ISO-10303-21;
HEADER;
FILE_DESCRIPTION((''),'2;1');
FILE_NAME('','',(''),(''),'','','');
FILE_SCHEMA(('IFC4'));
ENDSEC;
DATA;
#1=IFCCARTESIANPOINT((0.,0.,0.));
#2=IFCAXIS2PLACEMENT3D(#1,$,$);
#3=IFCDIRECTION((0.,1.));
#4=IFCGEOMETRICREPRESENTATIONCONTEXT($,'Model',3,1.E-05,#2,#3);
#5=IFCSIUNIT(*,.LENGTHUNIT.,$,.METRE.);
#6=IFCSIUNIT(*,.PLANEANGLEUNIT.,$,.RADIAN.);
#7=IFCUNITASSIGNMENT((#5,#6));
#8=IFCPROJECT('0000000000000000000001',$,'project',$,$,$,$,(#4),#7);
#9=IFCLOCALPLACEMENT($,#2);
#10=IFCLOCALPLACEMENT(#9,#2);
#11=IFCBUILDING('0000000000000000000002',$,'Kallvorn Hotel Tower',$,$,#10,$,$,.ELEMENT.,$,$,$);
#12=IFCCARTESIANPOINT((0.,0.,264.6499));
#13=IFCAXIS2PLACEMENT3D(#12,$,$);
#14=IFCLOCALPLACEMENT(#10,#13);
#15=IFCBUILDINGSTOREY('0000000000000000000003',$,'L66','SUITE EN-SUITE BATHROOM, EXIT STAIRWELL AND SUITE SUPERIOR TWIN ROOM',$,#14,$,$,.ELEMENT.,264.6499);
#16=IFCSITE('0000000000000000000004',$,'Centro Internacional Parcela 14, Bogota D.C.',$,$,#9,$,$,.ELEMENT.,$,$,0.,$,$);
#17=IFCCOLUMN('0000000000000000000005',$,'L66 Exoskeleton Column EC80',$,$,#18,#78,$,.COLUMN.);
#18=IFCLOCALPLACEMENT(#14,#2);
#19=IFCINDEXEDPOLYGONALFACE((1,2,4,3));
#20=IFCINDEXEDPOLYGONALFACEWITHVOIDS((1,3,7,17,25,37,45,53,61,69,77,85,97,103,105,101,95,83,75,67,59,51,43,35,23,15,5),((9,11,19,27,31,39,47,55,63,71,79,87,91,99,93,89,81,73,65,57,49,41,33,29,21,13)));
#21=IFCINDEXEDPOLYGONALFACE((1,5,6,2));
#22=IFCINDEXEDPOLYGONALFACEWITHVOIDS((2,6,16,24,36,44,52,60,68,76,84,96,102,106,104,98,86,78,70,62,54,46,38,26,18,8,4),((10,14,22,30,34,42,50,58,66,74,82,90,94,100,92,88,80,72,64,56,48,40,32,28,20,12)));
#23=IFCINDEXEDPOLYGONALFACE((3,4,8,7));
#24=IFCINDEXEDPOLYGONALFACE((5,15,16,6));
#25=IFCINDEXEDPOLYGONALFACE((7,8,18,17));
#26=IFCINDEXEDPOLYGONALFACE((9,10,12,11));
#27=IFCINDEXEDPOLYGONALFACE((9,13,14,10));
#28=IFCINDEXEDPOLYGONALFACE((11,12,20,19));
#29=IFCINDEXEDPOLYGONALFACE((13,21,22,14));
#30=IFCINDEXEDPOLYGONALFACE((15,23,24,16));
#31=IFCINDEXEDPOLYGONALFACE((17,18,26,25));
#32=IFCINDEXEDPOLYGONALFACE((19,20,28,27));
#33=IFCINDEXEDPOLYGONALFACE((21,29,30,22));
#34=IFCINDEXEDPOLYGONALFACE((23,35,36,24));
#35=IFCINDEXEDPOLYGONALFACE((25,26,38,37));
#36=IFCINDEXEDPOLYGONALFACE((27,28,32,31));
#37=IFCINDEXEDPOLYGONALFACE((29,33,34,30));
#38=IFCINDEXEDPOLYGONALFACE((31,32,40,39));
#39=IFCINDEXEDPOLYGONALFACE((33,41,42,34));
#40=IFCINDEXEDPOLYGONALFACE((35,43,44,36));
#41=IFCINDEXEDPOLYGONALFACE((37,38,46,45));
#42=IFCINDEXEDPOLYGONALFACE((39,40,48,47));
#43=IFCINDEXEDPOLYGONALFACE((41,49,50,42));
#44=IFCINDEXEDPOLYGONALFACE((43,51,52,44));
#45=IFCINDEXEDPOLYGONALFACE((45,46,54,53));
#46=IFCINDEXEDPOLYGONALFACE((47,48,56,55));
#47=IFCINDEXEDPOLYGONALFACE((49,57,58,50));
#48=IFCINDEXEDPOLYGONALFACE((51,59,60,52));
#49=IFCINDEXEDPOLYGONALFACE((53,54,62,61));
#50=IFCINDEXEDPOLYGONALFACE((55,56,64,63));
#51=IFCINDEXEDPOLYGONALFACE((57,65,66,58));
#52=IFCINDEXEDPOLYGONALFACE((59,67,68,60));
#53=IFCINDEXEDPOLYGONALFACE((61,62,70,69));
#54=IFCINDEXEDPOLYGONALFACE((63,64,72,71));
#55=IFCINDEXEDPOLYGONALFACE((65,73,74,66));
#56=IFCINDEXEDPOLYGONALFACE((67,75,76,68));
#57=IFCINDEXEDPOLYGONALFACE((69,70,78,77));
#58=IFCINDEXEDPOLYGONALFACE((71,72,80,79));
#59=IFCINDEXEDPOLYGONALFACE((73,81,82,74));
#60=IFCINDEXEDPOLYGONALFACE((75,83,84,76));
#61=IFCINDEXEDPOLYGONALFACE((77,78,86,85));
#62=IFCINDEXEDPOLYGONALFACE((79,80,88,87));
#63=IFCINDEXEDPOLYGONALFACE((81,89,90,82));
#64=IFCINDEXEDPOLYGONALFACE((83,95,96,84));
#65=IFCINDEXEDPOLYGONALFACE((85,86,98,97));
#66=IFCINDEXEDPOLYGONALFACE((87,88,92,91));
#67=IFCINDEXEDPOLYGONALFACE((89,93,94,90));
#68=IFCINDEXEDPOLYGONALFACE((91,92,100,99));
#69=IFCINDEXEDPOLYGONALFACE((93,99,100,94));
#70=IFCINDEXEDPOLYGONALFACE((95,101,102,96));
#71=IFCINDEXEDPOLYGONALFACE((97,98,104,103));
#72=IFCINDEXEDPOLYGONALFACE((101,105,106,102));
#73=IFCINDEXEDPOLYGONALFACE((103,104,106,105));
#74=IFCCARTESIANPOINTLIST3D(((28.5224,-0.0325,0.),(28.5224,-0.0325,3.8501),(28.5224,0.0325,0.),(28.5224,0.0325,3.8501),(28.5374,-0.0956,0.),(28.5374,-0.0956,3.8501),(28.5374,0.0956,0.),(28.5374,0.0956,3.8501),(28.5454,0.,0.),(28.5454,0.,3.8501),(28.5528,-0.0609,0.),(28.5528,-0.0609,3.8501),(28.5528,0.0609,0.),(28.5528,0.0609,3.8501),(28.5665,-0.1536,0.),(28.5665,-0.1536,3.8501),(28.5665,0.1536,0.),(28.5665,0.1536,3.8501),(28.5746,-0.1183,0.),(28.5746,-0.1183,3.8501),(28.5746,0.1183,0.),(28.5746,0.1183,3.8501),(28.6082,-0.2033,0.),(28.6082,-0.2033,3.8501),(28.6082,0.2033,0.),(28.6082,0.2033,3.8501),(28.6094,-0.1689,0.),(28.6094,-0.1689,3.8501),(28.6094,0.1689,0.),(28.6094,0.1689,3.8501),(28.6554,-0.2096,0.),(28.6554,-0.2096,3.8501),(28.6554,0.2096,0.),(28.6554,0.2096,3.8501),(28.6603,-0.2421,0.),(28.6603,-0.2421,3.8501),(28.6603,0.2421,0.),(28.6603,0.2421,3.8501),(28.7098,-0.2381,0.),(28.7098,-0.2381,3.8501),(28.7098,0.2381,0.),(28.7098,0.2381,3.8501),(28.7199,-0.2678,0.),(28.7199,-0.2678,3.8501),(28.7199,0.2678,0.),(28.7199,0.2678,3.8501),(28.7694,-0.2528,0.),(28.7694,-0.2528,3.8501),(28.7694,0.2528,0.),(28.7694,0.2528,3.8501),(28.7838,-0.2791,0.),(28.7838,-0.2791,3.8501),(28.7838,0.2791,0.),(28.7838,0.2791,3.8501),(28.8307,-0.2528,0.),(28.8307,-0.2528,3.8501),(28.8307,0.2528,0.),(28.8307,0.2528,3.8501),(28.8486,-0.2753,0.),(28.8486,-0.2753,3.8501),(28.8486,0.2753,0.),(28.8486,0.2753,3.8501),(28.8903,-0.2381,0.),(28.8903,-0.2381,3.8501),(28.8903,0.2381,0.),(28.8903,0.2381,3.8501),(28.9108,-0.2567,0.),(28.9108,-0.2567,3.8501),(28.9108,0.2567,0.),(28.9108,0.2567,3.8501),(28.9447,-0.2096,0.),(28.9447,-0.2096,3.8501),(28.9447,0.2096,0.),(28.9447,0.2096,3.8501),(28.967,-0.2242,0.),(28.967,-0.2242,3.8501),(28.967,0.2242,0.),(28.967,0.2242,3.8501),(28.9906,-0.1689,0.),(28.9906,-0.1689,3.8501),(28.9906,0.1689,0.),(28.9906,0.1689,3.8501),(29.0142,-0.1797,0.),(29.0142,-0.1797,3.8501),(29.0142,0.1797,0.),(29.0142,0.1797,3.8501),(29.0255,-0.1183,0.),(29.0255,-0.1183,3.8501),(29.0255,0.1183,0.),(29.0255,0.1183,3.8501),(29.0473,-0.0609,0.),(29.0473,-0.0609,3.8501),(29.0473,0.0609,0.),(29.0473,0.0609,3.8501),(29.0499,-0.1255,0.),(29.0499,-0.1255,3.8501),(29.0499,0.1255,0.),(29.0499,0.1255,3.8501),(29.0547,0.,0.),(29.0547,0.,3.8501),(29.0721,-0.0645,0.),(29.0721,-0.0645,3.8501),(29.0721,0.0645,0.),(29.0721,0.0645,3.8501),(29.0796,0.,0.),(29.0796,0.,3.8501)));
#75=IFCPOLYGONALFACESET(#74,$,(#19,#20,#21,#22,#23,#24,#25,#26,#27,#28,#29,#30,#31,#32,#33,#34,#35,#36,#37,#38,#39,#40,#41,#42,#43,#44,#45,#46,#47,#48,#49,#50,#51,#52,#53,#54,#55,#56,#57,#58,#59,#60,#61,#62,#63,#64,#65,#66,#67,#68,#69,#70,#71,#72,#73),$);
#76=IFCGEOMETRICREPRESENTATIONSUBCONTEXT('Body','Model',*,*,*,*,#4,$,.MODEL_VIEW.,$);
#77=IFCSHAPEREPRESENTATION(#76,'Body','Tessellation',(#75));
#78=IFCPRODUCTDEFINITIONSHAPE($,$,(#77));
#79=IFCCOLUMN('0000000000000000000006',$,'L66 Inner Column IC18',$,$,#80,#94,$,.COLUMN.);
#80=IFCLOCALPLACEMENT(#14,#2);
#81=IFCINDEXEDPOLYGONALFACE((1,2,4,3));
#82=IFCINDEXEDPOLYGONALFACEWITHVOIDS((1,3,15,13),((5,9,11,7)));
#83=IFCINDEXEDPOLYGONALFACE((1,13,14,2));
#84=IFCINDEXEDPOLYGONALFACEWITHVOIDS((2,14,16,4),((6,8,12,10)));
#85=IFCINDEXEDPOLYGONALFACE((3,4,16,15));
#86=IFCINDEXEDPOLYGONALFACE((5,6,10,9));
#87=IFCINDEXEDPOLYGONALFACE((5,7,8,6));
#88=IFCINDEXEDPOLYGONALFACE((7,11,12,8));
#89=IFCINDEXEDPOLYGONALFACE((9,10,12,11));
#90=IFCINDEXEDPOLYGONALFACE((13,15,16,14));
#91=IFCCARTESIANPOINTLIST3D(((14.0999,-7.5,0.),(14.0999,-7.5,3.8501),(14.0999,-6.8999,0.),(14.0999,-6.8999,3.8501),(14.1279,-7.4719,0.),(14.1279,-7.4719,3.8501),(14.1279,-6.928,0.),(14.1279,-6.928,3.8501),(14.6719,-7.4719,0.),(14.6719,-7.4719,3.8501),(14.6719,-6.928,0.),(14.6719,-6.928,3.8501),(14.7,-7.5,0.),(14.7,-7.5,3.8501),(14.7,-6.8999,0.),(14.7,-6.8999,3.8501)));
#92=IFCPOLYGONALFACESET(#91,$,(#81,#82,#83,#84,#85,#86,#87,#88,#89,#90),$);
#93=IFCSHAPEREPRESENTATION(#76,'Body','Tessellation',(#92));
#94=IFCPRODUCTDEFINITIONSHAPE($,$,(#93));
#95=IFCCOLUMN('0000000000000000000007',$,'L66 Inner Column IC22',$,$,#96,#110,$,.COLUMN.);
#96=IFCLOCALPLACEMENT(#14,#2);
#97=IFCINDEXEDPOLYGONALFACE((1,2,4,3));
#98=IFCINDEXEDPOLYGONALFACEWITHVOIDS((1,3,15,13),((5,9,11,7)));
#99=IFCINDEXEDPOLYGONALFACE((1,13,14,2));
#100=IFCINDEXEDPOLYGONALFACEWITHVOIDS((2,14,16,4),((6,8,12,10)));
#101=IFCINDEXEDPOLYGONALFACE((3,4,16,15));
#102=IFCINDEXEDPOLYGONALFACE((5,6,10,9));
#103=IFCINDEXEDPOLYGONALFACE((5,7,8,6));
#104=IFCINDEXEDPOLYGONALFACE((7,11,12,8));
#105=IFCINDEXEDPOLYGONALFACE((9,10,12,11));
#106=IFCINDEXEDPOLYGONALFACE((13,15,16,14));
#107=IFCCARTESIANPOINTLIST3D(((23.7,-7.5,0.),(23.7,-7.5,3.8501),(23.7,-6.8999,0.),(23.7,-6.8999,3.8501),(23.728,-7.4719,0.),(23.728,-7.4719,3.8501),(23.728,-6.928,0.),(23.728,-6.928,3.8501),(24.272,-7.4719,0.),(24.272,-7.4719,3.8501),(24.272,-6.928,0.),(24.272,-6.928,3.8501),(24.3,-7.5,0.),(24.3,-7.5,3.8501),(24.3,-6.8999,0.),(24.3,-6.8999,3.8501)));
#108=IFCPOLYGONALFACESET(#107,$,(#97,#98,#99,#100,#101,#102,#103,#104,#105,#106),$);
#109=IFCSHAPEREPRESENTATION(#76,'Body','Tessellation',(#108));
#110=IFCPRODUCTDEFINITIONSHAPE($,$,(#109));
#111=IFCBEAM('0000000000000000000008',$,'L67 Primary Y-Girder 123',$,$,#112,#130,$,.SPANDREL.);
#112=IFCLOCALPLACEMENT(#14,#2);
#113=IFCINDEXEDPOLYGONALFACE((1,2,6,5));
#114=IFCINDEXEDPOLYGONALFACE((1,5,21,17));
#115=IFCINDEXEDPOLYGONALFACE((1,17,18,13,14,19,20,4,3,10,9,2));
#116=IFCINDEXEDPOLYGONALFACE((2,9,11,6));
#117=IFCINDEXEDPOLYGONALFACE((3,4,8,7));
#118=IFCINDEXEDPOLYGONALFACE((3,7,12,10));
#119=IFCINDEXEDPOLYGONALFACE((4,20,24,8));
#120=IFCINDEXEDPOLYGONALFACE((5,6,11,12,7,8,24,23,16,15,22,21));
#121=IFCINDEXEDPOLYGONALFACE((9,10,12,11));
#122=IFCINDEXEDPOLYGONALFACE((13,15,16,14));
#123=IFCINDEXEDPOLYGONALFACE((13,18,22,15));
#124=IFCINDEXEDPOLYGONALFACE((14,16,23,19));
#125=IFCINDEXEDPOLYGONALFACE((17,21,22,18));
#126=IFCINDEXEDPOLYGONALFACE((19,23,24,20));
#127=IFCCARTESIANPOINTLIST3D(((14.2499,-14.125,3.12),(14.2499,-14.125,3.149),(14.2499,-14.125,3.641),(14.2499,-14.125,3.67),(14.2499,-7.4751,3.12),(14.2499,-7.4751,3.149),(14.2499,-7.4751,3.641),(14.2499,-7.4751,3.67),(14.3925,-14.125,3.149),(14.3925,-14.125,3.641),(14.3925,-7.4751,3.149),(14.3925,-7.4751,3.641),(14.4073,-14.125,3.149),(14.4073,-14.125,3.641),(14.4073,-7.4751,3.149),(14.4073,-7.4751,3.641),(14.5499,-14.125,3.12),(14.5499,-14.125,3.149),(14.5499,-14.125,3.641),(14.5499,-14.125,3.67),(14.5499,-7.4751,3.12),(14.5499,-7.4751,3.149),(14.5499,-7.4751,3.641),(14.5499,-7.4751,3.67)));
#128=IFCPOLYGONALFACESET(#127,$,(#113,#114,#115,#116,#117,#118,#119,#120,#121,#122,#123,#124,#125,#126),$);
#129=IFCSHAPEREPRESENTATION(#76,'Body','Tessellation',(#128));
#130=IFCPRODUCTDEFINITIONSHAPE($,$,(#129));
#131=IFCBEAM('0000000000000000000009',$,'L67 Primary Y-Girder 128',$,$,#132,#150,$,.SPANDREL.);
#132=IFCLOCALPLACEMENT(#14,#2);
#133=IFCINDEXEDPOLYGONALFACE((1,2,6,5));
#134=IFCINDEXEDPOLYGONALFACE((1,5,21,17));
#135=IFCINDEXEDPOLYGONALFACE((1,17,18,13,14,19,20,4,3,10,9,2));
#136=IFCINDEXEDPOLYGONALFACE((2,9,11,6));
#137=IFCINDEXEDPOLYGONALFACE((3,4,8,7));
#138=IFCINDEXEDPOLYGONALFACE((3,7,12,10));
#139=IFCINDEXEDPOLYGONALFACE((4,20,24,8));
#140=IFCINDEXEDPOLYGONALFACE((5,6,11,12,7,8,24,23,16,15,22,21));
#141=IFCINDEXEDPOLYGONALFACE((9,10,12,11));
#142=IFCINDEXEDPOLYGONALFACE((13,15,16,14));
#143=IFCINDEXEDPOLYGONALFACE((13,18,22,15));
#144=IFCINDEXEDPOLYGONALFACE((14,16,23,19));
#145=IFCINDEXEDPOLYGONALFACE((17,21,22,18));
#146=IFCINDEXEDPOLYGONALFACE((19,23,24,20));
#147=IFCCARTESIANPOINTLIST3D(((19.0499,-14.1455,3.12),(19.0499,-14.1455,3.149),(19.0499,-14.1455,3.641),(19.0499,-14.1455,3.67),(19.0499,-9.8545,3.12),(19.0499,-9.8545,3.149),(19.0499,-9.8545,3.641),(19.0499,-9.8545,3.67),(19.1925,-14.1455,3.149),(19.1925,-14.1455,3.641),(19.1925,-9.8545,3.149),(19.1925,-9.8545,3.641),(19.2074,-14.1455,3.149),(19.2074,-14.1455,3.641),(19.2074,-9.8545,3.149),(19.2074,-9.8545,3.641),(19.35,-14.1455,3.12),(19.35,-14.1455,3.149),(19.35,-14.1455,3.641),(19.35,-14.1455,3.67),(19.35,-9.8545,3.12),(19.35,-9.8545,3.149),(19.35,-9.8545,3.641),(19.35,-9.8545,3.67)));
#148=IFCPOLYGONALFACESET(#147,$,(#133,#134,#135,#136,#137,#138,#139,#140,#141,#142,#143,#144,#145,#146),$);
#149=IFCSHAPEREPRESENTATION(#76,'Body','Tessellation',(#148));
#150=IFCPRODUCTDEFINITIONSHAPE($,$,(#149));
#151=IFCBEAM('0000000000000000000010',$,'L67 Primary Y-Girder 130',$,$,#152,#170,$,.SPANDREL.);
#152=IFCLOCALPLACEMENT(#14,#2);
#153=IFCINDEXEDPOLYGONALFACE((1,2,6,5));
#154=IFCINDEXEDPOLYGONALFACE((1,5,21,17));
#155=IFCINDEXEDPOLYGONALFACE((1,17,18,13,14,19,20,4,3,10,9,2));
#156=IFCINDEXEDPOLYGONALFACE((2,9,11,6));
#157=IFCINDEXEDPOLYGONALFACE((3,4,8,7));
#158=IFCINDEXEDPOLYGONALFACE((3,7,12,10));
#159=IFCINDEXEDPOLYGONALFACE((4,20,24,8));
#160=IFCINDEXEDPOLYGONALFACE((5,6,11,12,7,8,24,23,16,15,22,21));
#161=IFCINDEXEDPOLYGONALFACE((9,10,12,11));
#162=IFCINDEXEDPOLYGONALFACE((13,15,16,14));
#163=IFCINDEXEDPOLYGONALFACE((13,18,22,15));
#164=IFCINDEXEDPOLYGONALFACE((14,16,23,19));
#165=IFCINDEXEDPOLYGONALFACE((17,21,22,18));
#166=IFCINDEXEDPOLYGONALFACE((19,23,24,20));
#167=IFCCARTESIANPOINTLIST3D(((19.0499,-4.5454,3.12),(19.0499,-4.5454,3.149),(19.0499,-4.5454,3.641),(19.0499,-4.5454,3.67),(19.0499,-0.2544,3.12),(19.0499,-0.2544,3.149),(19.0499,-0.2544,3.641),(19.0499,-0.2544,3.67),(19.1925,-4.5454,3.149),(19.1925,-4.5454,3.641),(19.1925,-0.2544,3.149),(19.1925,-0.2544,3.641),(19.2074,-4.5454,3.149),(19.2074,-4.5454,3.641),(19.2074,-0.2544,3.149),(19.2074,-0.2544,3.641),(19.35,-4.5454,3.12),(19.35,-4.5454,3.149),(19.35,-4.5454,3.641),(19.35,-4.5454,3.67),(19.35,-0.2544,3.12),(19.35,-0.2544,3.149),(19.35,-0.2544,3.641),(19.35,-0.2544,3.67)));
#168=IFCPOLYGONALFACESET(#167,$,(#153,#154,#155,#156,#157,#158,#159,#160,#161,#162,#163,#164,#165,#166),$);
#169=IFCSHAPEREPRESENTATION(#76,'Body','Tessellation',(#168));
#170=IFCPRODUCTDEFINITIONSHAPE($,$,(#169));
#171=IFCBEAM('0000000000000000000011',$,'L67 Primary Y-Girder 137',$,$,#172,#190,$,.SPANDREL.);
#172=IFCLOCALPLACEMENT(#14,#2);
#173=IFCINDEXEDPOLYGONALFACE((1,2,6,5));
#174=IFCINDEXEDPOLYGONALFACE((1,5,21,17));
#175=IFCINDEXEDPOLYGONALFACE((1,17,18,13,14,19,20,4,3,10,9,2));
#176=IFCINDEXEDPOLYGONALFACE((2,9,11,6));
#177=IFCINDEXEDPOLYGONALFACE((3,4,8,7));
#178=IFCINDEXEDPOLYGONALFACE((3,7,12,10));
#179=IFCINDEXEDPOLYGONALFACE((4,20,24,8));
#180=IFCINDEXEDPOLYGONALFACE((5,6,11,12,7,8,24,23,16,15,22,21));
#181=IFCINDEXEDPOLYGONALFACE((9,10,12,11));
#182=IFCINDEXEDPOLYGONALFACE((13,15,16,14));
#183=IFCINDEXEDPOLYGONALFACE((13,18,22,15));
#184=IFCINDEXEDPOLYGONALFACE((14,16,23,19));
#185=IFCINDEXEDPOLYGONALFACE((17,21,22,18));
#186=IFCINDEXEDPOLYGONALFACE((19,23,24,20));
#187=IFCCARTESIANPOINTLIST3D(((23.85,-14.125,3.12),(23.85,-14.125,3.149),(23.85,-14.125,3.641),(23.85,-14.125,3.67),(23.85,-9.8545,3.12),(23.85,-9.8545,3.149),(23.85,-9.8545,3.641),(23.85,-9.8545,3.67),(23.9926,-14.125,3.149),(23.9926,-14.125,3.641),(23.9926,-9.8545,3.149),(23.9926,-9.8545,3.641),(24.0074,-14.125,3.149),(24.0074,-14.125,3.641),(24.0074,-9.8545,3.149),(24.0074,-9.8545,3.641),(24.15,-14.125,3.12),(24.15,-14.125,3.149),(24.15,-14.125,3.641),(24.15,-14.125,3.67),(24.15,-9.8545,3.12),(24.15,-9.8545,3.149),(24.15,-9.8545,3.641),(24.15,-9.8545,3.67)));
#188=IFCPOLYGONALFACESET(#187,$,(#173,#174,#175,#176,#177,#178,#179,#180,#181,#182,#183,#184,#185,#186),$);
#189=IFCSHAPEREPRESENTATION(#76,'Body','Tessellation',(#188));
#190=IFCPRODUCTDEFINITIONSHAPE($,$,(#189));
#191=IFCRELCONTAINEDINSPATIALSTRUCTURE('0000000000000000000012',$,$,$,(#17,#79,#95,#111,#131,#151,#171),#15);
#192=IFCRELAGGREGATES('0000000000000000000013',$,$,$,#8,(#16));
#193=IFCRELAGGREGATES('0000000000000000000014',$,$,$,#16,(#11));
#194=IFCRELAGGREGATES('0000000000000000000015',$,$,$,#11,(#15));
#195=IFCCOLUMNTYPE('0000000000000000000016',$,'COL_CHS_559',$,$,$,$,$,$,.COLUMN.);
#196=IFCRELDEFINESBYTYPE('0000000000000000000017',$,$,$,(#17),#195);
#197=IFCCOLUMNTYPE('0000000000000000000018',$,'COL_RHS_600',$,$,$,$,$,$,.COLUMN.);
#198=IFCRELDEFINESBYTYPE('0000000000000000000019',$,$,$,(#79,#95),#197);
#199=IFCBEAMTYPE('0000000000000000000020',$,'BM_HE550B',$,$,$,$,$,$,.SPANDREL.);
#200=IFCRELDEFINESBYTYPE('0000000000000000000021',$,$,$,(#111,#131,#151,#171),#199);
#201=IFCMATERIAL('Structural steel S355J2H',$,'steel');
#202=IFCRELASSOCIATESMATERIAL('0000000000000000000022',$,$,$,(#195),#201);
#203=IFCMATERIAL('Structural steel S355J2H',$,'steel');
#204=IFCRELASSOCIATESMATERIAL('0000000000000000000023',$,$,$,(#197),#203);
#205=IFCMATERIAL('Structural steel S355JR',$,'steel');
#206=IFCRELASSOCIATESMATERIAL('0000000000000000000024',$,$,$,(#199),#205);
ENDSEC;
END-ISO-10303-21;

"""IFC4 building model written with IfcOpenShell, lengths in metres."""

from ifc_helpers import new_model, si_unit, direction, frame, origin, origin_2d, place, context, subcontext, project, spatial, hollow_rectangle, hollow_circle, i_section, extrude, material, material_profile, profile_set, type_object, element, save


model = new_model("IFC4")

# Units and contexts
model_context = context("Model", 3, precision=1e-05, world=origin(), true_north=direction((0.0, 1.0)))
body_context = subcontext(model_context, "Body", "Model", "MODEL_VIEW")
ifc_project = project(units=[si_unit("LENGTHUNIT", "METRE"), si_unit("PLANEANGLEUNIT", "RADIAN")], contexts=[model_context])

# Site, building, storey
site_placement = place(None, origin())
site = spatial("IfcSite", under=ifc_project, at=site_placement, Name="Centro Internacional Parcela 14, Bogota D.C.", CompositionType="ELEMENT", RefElevation=0.0)
building_placement = place(site_placement, origin())
building = spatial("IfcBuilding", under=site, at=building_placement, Name="Kallvorn Hotel Tower", CompositionType="ELEMENT")
storey_placement = place(building_placement, frame((0.0, 0.0, 264.6499)))
storey = spatial("IfcBuildingStorey", under=building, at=storey_placement, Name="L66", Description="SUITE EN-SUITE BATHROOM, EXIT STAIRWELL AND SUITE SUPERIOR TWIN ROOM", CompositionType="ELEMENT", Elevation=264.6499)

# Columns
ifc_material_1 = material(Name="Structural steel S355J2H", Category="steel")
ifc_material_profile_1 = material_profile(ifc_material_1, hollow_circle(Radius=0.2795, WallThickness=0.0249, at=origin_2d()), Name="CHS 559x25")
ifc_profile_set_1 = profile_set([ifc_material_profile_1], Name="Structural steel S355J2H")
column_type_1 = type_object("IfcColumnType", Name="COL_CHS_559", PredefinedType="COLUMN", material=ifc_profile_set_1)
for number, where, z_axis, x_axis, name in (
    (1, (28.8, 0.0, 0.0), (0.0, 0.0, 1.0), (1.0, 0.0, 0.0), "L66 Exoskeleton Column EC80"),
):
    element("IfcColumn", number, at=place(storey_placement, frame(where, z_axis=z_axis, x_axis=x_axis)), inside=storey, type_object=column_type_1, Name=name, PredefinedType="COLUMN", context=body_context, shape_type="SweptSolid", body=[
        extrude(hollow_circle(Radius=0.2795, WallThickness=0.0249, at=origin_2d()), origin(), (0.0, 0.0, 1.0), 3.8501),
    ])
ifc_material_2 = material(Name="Structural steel S355J2H", Category="steel")
ifc_material_profile_2 = material_profile(ifc_material_2, hollow_rectangle(XDim=0.6001, YDim=0.6001, WallThickness=0.0281, at=origin_2d()), Name="RHS 600x600x28")
ifc_profile_set_2 = profile_set([ifc_material_profile_2], Name="Structural steel S355J2H")
column_type_2 = type_object("IfcColumnType", Name="COL_RHS_600", PredefinedType="COLUMN", material=ifc_profile_set_2)
for number, where, z_axis, x_axis, name in (
    (2, (14.3999, -7.2, 0.0), (0.0, 0.0, 1.0), (1.0, 0.0, 0.0), "L66 Inner Column IC18"),
    (3, (24.0, -7.2, 0.0), (0.0, 0.0, 1.0), (1.0, 0.0, 0.0), "L66 Inner Column IC22"),
):
    element("IfcColumn", number, at=place(storey_placement, frame(where, z_axis=z_axis, x_axis=x_axis)), inside=storey, type_object=column_type_2, Name=name, PredefinedType="COLUMN", context=body_context, shape_type="SweptSolid", body=[
        extrude(hollow_rectangle(XDim=0.6001, YDim=0.6001, WallThickness=0.0281, at=origin_2d()), origin(), (0.0, 0.0, 1.0), 3.8501),
    ])

# Beams
ifc_material_3 = material(Name="Structural steel S355JR", Category="steel")
ifc_material_profile_3 = material_profile(ifc_material_3, i_section(OverallWidth=0.3, OverallDepth=0.55, WebThickness=0.0149, FlangeThickness=0.0291, at=origin_2d()), Name="HE 550 B")
ifc_profile_set_3 = profile_set([ifc_material_profile_3], Name="Structural steel S355JR")
beam_type_1 = type_object("IfcBeamType", Name="BM_HE550B", PredefinedType="SPANDREL", material=ifc_profile_set_3)
beam_1_placement = place(storey_placement, frame((14.3999, -14.125, 3.395), z_axis=(0.0, 1.0, 0.0), x_axis=(-1.0, 0.0, 0.0)))
element("IfcBeam", 4, at=beam_1_placement, inside=storey, type_object=beam_type_1, Name="L67 Primary Y-Girder 123", PredefinedType="SPANDREL", context=body_context, shape_type="SweptSolid", body=[
    extrude(i_section(OverallWidth=0.3, OverallDepth=0.55, WebThickness=0.0149, FlangeThickness=0.0291, at=origin_2d()), origin(), (0.0, 0.0, 1.0), 6.6499),
])
for number, where, z_axis, x_axis, name in (
    (5, (19.2, -14.1455, 3.395), (0.0, 1.0, 0.0), (-1.0, 0.0, 0.0), "L67 Primary Y-Girder 128"),
    (6, (19.2, -4.5454, 3.395), (0.0, 1.0, 0.0), (-1.0, 0.0, 0.0), "L67 Primary Y-Girder 130"),
):
    element("IfcBeam", number, at=place(storey_placement, frame(where, z_axis=z_axis, x_axis=x_axis)), inside=storey, type_object=beam_type_1, Name=name, PredefinedType="SPANDREL", context=body_context, shape_type="SweptSolid", body=[
        extrude(i_section(OverallWidth=0.3, OverallDepth=0.55, WebThickness=0.0149, FlangeThickness=0.0291, at=origin_2d()), origin(), (0.0, 0.0, 1.0), 4.291),
    ])
beam_2_placement = place(storey_placement, frame((24.0, -14.125, 3.395), z_axis=(0.0, 1.0, 0.0), x_axis=(-1.0, 0.0, 0.0)))
element("IfcBeam", 7, at=beam_2_placement, inside=storey, type_object=beam_type_1, Name="L67 Primary Y-Girder 137", PredefinedType="SPANDREL", context=body_context, shape_type="SweptSolid", body=[
    extrude(i_section(OverallWidth=0.3, OverallDepth=0.55, WebThickness=0.0149, FlangeThickness=0.0291, at=origin_2d()), origin(), (0.0, 0.0, 1.0), 4.2705),
])

save(model, "model.ifc")
